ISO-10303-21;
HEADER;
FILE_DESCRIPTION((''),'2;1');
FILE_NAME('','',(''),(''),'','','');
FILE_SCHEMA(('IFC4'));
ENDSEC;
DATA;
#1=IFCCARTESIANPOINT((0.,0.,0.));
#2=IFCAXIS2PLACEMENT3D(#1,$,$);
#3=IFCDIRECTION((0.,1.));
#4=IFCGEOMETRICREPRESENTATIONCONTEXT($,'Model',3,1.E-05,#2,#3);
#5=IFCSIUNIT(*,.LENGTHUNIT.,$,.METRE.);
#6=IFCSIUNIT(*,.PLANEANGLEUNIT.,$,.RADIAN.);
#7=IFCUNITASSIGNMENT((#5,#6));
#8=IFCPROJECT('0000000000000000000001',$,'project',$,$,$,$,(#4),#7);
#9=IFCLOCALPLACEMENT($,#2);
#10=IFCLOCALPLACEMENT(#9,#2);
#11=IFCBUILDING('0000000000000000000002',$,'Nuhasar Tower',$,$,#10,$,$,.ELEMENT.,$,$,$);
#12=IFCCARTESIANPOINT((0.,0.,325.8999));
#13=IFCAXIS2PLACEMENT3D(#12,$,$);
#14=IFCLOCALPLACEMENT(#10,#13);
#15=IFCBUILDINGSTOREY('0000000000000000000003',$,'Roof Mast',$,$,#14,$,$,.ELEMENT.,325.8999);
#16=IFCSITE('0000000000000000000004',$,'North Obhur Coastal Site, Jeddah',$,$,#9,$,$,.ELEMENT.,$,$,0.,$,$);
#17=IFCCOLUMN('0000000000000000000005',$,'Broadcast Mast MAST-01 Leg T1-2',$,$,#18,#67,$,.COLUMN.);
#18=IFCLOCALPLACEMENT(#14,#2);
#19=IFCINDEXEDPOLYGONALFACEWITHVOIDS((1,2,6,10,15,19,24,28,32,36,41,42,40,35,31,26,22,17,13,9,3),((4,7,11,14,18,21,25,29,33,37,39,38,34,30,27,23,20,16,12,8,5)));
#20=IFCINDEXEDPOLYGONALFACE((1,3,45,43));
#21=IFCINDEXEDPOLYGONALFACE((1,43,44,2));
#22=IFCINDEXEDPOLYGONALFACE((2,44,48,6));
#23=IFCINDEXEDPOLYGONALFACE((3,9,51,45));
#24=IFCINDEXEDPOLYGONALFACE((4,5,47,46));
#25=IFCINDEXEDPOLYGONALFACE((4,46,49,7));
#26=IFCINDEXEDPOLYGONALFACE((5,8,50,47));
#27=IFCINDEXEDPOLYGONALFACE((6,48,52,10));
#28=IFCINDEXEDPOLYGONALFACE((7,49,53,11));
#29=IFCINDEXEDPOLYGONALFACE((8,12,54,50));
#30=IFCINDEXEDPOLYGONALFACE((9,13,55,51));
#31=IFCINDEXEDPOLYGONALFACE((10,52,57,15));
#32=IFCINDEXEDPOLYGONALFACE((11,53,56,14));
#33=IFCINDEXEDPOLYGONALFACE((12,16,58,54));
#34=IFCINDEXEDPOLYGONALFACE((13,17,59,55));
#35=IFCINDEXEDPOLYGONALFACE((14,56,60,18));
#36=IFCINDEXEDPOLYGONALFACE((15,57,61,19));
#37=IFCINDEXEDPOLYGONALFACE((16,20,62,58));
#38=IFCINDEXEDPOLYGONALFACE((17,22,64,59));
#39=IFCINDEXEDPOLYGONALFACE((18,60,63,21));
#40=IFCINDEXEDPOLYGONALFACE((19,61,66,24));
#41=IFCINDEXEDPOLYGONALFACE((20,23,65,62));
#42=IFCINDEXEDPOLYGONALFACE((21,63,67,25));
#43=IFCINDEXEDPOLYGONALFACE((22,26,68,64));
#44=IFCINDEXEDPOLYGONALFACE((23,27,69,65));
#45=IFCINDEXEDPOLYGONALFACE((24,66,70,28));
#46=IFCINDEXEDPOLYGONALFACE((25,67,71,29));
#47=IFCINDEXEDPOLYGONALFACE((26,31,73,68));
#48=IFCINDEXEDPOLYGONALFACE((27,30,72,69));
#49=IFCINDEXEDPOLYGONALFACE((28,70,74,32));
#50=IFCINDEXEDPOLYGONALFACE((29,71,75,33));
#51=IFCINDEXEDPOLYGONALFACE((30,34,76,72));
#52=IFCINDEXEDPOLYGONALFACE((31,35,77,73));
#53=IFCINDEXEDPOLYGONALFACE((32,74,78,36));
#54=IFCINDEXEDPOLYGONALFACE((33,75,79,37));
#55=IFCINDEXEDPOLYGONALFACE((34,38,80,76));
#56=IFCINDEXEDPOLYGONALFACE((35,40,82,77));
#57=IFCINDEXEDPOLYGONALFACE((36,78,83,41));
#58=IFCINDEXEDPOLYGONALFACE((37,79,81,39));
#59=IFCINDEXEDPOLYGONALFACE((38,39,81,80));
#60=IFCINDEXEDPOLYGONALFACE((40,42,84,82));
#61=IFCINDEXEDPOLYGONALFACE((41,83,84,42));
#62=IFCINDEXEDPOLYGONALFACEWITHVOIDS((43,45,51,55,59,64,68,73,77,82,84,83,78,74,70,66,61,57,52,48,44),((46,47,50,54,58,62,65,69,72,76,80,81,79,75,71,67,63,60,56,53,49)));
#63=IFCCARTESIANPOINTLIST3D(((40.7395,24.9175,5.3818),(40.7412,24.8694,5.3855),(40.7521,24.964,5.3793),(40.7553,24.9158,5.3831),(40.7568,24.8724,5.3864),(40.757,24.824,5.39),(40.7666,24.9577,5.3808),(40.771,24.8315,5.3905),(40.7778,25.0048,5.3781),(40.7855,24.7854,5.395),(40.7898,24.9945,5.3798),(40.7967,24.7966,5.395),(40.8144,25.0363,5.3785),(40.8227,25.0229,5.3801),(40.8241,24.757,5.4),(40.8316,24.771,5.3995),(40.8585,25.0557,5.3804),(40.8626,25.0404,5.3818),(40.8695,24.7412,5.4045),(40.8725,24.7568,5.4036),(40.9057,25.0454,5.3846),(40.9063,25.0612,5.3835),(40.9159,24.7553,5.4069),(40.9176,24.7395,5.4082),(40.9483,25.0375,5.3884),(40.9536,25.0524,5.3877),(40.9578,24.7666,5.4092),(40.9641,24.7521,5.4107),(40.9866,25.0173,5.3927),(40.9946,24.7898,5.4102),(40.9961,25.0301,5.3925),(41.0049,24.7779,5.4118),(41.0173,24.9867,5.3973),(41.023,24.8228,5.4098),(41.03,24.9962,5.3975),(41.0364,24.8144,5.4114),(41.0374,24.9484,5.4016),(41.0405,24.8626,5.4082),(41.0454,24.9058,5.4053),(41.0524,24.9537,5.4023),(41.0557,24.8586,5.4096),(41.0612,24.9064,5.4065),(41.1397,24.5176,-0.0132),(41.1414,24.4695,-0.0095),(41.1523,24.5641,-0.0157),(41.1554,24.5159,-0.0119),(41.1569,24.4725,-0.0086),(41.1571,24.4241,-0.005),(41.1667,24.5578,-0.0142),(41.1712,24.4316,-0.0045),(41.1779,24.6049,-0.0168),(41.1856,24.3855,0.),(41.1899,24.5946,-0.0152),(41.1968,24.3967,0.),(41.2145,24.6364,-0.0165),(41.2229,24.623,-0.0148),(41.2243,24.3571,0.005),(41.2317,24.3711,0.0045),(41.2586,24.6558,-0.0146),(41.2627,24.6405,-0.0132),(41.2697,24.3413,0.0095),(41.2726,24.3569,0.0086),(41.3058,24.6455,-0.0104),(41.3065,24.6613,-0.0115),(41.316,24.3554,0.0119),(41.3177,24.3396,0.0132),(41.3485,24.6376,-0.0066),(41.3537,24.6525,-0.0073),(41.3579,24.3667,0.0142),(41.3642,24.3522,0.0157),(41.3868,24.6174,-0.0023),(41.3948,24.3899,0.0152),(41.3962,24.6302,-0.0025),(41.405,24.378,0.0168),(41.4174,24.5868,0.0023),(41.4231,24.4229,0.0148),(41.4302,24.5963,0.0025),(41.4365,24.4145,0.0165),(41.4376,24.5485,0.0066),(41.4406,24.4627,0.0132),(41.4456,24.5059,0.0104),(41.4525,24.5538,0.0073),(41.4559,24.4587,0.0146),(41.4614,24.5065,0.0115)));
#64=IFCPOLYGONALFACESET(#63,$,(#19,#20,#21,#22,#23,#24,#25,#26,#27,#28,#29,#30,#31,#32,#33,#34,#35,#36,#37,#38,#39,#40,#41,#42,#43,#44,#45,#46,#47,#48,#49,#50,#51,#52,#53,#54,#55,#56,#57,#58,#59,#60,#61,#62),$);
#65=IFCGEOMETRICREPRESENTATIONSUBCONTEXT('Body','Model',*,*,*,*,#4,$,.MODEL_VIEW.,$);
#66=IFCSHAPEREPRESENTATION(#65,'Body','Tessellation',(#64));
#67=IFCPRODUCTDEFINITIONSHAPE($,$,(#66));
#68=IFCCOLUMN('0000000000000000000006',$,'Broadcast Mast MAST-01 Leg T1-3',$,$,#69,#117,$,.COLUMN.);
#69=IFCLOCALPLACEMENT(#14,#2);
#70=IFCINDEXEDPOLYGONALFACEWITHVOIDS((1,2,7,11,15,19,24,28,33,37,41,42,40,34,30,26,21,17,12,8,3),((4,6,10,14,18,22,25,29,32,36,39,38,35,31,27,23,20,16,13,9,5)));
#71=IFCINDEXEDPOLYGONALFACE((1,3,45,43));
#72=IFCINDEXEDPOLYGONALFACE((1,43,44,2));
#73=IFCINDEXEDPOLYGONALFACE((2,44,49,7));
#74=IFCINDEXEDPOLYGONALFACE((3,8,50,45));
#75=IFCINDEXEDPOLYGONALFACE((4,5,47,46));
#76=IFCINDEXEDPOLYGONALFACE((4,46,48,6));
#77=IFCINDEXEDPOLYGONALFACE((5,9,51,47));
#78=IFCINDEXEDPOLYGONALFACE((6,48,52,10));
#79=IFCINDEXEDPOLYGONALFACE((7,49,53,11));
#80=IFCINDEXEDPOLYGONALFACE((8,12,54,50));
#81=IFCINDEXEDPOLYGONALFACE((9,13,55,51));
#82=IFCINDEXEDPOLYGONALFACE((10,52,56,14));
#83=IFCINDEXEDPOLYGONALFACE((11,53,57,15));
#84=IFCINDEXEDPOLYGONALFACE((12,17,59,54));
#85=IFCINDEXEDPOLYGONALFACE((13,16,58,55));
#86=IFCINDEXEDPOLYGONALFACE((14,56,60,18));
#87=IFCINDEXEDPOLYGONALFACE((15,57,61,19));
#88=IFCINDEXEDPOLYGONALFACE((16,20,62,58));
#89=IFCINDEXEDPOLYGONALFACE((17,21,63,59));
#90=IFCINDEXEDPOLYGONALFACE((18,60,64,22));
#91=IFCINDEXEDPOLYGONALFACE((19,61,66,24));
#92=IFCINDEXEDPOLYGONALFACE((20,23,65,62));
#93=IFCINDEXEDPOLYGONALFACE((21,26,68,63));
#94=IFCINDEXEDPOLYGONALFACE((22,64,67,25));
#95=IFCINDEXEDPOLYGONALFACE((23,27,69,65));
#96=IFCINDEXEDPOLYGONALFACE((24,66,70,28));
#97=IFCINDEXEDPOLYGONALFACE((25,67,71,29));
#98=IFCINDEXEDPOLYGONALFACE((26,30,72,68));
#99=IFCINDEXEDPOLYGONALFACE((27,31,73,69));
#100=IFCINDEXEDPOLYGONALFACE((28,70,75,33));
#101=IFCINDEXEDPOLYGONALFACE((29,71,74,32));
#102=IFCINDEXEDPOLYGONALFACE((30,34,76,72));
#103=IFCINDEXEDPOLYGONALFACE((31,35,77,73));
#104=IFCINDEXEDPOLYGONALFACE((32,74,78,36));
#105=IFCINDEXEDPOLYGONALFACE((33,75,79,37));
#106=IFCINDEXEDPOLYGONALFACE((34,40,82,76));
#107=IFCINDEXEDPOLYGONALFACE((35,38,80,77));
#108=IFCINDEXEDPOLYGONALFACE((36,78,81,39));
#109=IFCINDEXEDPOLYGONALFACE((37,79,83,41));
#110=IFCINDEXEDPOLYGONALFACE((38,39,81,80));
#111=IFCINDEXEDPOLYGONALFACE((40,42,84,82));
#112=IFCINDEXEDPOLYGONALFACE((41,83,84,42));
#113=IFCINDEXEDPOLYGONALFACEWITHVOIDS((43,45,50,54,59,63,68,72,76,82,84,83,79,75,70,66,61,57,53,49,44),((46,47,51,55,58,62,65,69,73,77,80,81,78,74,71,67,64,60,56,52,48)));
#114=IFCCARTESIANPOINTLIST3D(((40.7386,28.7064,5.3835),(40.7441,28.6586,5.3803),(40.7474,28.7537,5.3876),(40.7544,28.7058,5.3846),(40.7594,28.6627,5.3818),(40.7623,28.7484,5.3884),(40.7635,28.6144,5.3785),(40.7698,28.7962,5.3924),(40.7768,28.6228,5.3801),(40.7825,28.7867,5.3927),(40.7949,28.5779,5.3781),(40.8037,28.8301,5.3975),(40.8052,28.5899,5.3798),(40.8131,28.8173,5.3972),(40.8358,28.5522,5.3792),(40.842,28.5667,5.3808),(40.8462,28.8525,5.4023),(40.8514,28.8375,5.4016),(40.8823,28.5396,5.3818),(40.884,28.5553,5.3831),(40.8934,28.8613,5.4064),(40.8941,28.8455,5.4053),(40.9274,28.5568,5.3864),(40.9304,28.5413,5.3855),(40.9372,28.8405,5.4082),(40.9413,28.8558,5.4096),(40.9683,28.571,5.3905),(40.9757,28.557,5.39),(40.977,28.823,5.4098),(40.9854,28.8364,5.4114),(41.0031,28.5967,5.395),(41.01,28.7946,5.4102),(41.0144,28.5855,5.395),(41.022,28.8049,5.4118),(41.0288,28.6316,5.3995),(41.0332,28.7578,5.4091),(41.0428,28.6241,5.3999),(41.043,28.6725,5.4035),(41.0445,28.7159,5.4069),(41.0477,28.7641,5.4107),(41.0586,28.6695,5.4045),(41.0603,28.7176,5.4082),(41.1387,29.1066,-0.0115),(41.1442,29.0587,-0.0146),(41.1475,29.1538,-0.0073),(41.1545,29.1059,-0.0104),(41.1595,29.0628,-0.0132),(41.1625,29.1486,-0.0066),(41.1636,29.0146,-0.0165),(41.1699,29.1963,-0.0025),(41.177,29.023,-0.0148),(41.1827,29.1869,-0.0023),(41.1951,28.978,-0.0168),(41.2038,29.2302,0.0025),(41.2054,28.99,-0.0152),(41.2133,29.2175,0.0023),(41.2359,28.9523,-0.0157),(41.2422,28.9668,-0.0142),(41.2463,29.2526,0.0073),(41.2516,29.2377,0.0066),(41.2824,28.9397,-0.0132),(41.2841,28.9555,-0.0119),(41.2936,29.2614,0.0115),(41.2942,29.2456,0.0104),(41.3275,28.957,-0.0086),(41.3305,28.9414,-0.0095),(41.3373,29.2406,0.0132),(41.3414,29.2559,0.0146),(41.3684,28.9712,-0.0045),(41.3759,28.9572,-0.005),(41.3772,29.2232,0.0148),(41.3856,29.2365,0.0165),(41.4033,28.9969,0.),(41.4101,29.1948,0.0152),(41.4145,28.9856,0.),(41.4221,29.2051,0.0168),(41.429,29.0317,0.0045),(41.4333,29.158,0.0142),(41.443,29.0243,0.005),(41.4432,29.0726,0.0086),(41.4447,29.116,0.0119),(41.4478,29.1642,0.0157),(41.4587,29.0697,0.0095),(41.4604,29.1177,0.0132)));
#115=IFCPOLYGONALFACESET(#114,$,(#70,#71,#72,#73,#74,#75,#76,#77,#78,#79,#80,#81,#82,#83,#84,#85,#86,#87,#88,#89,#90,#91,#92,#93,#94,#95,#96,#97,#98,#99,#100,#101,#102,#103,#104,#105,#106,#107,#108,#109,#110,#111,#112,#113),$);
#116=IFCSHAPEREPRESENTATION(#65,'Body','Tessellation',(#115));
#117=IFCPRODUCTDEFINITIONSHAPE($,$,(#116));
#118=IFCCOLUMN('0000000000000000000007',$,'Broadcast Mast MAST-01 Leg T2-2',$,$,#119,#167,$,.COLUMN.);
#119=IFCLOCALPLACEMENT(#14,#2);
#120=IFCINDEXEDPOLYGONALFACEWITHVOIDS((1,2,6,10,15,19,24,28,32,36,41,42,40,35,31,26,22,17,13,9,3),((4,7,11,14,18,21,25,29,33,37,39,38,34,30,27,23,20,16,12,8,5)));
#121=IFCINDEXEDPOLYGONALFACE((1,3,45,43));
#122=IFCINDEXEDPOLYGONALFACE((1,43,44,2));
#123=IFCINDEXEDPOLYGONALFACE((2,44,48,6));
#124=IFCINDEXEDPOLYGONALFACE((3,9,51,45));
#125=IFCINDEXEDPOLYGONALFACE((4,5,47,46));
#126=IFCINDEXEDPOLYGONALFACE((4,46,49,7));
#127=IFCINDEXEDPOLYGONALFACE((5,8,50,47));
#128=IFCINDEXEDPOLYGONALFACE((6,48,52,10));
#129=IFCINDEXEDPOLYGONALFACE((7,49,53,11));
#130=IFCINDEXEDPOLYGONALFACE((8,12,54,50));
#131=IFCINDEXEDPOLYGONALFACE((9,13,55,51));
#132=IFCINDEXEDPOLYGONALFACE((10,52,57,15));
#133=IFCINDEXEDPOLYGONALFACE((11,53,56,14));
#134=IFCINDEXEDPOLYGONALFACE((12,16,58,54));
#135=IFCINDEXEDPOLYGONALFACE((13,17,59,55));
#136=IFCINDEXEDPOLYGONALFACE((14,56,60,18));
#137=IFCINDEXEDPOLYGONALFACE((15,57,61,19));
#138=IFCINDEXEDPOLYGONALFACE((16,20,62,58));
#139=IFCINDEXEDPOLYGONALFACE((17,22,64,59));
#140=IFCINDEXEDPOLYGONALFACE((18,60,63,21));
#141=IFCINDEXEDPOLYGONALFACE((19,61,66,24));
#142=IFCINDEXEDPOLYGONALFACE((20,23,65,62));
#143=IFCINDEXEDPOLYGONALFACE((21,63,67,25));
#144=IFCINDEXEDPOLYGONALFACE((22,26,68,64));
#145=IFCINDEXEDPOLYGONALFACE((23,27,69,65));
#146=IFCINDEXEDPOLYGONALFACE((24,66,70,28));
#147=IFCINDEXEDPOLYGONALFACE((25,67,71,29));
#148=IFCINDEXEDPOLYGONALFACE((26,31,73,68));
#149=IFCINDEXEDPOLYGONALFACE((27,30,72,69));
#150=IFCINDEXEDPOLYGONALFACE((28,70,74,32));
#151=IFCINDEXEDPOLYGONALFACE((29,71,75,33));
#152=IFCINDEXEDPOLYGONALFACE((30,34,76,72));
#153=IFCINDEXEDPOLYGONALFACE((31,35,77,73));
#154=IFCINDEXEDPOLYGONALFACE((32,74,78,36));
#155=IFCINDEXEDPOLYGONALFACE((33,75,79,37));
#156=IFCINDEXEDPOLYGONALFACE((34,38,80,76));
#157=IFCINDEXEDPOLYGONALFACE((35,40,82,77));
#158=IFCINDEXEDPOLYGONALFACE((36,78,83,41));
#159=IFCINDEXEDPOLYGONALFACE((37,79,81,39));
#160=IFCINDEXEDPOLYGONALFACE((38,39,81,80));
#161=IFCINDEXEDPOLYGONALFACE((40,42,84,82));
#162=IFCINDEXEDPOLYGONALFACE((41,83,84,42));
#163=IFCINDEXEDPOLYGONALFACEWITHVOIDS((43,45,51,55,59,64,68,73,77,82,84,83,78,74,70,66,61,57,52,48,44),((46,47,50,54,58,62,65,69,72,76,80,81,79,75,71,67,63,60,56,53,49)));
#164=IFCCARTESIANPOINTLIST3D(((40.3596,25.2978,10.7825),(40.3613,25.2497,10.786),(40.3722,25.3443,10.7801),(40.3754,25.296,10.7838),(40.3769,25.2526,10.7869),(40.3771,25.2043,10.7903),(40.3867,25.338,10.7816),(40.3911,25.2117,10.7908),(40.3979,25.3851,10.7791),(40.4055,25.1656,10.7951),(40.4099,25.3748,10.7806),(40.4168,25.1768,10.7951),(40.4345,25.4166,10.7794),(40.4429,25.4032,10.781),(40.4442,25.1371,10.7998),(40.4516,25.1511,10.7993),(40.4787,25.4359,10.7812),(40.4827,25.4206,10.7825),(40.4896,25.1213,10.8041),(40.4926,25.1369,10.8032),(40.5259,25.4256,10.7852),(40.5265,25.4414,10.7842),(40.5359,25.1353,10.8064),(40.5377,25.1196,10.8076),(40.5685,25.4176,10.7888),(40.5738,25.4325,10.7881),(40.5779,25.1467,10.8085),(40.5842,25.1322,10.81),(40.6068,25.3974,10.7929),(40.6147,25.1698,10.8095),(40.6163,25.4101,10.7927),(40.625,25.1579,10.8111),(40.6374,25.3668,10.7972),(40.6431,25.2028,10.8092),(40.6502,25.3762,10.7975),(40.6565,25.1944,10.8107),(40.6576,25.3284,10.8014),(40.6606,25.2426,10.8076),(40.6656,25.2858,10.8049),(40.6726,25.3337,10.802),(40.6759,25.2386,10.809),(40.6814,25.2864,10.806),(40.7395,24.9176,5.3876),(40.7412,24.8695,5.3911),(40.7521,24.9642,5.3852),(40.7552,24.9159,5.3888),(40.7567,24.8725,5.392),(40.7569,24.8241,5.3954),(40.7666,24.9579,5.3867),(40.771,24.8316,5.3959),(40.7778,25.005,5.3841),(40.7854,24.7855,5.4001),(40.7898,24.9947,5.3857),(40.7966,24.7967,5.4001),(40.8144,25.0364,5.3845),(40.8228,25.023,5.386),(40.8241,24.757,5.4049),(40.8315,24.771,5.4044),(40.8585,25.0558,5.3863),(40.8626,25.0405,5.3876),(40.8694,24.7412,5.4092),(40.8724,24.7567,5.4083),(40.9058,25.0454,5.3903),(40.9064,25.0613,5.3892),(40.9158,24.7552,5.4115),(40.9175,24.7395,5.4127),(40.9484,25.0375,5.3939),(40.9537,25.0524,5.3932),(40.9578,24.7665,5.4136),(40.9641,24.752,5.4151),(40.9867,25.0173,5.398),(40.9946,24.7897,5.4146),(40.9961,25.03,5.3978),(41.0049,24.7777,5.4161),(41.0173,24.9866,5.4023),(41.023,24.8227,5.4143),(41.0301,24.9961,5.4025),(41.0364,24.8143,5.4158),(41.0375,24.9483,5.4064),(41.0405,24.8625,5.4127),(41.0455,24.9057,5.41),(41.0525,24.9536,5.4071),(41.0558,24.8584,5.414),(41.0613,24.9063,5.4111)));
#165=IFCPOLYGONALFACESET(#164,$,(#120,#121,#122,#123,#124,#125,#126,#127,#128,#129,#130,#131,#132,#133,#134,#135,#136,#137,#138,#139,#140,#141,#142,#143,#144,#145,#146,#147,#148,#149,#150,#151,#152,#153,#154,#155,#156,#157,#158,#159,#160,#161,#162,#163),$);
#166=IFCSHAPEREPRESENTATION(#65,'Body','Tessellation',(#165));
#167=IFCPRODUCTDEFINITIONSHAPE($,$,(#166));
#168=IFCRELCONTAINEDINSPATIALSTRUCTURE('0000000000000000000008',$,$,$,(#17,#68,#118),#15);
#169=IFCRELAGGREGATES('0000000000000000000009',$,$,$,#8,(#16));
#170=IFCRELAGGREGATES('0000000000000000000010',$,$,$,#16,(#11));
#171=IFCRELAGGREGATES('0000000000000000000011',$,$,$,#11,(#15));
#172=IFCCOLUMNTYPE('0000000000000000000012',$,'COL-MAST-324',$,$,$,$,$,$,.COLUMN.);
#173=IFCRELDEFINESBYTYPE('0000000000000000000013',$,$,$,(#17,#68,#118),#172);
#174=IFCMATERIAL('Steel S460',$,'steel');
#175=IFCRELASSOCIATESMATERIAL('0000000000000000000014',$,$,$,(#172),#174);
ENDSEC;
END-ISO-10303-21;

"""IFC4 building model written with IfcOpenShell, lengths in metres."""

from ifc_helpers import new_model, si_unit, direction, frame, origin, origin_2d, place, context, subcontext, project, spatial, hollow_circle, extrude, material, material_profile, profile_set, type_object, element, save


model = new_model("IFC4")

# Units and contexts
model_context = context("Model", 3, precision=1e-05, world=origin(), true_north=direction((0.0, 1.0)))
body_context = subcontext(model_context, "Body", "Model", "MODEL_VIEW")
ifc_project = project(units=[si_unit("LENGTHUNIT", "METRE"), si_unit("PLANEANGLEUNIT", "RADIAN")], contexts=[model_context])

# Site, building, storey
site_placement = place(None, origin())
site = spatial("IfcSite", under=ifc_project, at=site_placement, Name="North Obhur Coastal Site, Jeddah", CompositionType="ELEMENT", RefElevation=0.0)
building_placement = place(site_placement, origin())
building = spatial("IfcBuilding", under=site, at=building_placement, Name="Nuhasar Tower", CompositionType="ELEMENT")
storey_placement = place(building_placement, frame((0.0, 0.0, 325.8999)))
storey = spatial("IfcBuildingStorey", under=building, at=storey_placement, Name="Roof Mast", CompositionType="ELEMENT", Elevation=325.8999)

# Columns
ifc_material = material(Name="Steel S460", Category="steel")
ifc_material_profile_1 = material_profile(ifc_material, hollow_circle(Radius=0.1619, WallThickness=0.0159, at=origin_2d()), Name="HSS323.9X15.9")
ifc_profile_set_1 = profile_set([ifc_material_profile_1], Name="Steel S460")
column_type = type_object("IfcColumnType", Name="COL-MAST-324", PredefinedType="COLUMN", material=ifc_profile_set_1)
for number, where, z_axis, x_axis, name in (
    (1, (41.3, 24.5, 0.0), (-0.073765, 0.07372, 0.994547), (-0.706891, -0.707323, 0.0), "Broadcast Mast MAST-01 Leg T1-2"),
    (2, (41.3, 29.1001, 0.0), (-0.073765, -0.073765, 0.994544), (0.707107, -0.707107, 0.0), "Broadcast Mast MAST-01 Leg T1-3"),
):
    element("IfcColumn", number, at=place(storey_placement, frame(where, z_axis=z_axis, x_axis=x_axis)), inside=storey, type_object=column_type, Name=name, PredefinedType="COLUMN", context=body_context, shape_type="SweptSolid", body=[
        extrude(hollow_circle(Radius=0.1619, WallThickness=0.0159, at=origin_2d()), origin(), (0.0, 0.0, 1.0), 5.4246),
    ])
for number, where, z_axis, x_axis, name in (
    (3, (40.8999, 24.8999, 5.4001), (-0.070067, 0.070112, 0.995075), (-0.707334, -0.70688, 0.0), "Broadcast Mast MAST-01 Leg T2-2"),
):
    element("IfcColumn", number, at=place(storey_placement, frame(where, z_axis=z_axis, x_axis=x_axis)), inside=storey, type_object=column_type, Name=name, PredefinedType="COLUMN", context=body_context, shape_type="SweptSolid", body=[
        extrude(hollow_circle(Radius=0.1619, WallThickness=0.0159, at=origin_2d()), origin(), (0.0, 0.0, 1.0), 5.4216),
    ])

save(model, "model.ifc")
